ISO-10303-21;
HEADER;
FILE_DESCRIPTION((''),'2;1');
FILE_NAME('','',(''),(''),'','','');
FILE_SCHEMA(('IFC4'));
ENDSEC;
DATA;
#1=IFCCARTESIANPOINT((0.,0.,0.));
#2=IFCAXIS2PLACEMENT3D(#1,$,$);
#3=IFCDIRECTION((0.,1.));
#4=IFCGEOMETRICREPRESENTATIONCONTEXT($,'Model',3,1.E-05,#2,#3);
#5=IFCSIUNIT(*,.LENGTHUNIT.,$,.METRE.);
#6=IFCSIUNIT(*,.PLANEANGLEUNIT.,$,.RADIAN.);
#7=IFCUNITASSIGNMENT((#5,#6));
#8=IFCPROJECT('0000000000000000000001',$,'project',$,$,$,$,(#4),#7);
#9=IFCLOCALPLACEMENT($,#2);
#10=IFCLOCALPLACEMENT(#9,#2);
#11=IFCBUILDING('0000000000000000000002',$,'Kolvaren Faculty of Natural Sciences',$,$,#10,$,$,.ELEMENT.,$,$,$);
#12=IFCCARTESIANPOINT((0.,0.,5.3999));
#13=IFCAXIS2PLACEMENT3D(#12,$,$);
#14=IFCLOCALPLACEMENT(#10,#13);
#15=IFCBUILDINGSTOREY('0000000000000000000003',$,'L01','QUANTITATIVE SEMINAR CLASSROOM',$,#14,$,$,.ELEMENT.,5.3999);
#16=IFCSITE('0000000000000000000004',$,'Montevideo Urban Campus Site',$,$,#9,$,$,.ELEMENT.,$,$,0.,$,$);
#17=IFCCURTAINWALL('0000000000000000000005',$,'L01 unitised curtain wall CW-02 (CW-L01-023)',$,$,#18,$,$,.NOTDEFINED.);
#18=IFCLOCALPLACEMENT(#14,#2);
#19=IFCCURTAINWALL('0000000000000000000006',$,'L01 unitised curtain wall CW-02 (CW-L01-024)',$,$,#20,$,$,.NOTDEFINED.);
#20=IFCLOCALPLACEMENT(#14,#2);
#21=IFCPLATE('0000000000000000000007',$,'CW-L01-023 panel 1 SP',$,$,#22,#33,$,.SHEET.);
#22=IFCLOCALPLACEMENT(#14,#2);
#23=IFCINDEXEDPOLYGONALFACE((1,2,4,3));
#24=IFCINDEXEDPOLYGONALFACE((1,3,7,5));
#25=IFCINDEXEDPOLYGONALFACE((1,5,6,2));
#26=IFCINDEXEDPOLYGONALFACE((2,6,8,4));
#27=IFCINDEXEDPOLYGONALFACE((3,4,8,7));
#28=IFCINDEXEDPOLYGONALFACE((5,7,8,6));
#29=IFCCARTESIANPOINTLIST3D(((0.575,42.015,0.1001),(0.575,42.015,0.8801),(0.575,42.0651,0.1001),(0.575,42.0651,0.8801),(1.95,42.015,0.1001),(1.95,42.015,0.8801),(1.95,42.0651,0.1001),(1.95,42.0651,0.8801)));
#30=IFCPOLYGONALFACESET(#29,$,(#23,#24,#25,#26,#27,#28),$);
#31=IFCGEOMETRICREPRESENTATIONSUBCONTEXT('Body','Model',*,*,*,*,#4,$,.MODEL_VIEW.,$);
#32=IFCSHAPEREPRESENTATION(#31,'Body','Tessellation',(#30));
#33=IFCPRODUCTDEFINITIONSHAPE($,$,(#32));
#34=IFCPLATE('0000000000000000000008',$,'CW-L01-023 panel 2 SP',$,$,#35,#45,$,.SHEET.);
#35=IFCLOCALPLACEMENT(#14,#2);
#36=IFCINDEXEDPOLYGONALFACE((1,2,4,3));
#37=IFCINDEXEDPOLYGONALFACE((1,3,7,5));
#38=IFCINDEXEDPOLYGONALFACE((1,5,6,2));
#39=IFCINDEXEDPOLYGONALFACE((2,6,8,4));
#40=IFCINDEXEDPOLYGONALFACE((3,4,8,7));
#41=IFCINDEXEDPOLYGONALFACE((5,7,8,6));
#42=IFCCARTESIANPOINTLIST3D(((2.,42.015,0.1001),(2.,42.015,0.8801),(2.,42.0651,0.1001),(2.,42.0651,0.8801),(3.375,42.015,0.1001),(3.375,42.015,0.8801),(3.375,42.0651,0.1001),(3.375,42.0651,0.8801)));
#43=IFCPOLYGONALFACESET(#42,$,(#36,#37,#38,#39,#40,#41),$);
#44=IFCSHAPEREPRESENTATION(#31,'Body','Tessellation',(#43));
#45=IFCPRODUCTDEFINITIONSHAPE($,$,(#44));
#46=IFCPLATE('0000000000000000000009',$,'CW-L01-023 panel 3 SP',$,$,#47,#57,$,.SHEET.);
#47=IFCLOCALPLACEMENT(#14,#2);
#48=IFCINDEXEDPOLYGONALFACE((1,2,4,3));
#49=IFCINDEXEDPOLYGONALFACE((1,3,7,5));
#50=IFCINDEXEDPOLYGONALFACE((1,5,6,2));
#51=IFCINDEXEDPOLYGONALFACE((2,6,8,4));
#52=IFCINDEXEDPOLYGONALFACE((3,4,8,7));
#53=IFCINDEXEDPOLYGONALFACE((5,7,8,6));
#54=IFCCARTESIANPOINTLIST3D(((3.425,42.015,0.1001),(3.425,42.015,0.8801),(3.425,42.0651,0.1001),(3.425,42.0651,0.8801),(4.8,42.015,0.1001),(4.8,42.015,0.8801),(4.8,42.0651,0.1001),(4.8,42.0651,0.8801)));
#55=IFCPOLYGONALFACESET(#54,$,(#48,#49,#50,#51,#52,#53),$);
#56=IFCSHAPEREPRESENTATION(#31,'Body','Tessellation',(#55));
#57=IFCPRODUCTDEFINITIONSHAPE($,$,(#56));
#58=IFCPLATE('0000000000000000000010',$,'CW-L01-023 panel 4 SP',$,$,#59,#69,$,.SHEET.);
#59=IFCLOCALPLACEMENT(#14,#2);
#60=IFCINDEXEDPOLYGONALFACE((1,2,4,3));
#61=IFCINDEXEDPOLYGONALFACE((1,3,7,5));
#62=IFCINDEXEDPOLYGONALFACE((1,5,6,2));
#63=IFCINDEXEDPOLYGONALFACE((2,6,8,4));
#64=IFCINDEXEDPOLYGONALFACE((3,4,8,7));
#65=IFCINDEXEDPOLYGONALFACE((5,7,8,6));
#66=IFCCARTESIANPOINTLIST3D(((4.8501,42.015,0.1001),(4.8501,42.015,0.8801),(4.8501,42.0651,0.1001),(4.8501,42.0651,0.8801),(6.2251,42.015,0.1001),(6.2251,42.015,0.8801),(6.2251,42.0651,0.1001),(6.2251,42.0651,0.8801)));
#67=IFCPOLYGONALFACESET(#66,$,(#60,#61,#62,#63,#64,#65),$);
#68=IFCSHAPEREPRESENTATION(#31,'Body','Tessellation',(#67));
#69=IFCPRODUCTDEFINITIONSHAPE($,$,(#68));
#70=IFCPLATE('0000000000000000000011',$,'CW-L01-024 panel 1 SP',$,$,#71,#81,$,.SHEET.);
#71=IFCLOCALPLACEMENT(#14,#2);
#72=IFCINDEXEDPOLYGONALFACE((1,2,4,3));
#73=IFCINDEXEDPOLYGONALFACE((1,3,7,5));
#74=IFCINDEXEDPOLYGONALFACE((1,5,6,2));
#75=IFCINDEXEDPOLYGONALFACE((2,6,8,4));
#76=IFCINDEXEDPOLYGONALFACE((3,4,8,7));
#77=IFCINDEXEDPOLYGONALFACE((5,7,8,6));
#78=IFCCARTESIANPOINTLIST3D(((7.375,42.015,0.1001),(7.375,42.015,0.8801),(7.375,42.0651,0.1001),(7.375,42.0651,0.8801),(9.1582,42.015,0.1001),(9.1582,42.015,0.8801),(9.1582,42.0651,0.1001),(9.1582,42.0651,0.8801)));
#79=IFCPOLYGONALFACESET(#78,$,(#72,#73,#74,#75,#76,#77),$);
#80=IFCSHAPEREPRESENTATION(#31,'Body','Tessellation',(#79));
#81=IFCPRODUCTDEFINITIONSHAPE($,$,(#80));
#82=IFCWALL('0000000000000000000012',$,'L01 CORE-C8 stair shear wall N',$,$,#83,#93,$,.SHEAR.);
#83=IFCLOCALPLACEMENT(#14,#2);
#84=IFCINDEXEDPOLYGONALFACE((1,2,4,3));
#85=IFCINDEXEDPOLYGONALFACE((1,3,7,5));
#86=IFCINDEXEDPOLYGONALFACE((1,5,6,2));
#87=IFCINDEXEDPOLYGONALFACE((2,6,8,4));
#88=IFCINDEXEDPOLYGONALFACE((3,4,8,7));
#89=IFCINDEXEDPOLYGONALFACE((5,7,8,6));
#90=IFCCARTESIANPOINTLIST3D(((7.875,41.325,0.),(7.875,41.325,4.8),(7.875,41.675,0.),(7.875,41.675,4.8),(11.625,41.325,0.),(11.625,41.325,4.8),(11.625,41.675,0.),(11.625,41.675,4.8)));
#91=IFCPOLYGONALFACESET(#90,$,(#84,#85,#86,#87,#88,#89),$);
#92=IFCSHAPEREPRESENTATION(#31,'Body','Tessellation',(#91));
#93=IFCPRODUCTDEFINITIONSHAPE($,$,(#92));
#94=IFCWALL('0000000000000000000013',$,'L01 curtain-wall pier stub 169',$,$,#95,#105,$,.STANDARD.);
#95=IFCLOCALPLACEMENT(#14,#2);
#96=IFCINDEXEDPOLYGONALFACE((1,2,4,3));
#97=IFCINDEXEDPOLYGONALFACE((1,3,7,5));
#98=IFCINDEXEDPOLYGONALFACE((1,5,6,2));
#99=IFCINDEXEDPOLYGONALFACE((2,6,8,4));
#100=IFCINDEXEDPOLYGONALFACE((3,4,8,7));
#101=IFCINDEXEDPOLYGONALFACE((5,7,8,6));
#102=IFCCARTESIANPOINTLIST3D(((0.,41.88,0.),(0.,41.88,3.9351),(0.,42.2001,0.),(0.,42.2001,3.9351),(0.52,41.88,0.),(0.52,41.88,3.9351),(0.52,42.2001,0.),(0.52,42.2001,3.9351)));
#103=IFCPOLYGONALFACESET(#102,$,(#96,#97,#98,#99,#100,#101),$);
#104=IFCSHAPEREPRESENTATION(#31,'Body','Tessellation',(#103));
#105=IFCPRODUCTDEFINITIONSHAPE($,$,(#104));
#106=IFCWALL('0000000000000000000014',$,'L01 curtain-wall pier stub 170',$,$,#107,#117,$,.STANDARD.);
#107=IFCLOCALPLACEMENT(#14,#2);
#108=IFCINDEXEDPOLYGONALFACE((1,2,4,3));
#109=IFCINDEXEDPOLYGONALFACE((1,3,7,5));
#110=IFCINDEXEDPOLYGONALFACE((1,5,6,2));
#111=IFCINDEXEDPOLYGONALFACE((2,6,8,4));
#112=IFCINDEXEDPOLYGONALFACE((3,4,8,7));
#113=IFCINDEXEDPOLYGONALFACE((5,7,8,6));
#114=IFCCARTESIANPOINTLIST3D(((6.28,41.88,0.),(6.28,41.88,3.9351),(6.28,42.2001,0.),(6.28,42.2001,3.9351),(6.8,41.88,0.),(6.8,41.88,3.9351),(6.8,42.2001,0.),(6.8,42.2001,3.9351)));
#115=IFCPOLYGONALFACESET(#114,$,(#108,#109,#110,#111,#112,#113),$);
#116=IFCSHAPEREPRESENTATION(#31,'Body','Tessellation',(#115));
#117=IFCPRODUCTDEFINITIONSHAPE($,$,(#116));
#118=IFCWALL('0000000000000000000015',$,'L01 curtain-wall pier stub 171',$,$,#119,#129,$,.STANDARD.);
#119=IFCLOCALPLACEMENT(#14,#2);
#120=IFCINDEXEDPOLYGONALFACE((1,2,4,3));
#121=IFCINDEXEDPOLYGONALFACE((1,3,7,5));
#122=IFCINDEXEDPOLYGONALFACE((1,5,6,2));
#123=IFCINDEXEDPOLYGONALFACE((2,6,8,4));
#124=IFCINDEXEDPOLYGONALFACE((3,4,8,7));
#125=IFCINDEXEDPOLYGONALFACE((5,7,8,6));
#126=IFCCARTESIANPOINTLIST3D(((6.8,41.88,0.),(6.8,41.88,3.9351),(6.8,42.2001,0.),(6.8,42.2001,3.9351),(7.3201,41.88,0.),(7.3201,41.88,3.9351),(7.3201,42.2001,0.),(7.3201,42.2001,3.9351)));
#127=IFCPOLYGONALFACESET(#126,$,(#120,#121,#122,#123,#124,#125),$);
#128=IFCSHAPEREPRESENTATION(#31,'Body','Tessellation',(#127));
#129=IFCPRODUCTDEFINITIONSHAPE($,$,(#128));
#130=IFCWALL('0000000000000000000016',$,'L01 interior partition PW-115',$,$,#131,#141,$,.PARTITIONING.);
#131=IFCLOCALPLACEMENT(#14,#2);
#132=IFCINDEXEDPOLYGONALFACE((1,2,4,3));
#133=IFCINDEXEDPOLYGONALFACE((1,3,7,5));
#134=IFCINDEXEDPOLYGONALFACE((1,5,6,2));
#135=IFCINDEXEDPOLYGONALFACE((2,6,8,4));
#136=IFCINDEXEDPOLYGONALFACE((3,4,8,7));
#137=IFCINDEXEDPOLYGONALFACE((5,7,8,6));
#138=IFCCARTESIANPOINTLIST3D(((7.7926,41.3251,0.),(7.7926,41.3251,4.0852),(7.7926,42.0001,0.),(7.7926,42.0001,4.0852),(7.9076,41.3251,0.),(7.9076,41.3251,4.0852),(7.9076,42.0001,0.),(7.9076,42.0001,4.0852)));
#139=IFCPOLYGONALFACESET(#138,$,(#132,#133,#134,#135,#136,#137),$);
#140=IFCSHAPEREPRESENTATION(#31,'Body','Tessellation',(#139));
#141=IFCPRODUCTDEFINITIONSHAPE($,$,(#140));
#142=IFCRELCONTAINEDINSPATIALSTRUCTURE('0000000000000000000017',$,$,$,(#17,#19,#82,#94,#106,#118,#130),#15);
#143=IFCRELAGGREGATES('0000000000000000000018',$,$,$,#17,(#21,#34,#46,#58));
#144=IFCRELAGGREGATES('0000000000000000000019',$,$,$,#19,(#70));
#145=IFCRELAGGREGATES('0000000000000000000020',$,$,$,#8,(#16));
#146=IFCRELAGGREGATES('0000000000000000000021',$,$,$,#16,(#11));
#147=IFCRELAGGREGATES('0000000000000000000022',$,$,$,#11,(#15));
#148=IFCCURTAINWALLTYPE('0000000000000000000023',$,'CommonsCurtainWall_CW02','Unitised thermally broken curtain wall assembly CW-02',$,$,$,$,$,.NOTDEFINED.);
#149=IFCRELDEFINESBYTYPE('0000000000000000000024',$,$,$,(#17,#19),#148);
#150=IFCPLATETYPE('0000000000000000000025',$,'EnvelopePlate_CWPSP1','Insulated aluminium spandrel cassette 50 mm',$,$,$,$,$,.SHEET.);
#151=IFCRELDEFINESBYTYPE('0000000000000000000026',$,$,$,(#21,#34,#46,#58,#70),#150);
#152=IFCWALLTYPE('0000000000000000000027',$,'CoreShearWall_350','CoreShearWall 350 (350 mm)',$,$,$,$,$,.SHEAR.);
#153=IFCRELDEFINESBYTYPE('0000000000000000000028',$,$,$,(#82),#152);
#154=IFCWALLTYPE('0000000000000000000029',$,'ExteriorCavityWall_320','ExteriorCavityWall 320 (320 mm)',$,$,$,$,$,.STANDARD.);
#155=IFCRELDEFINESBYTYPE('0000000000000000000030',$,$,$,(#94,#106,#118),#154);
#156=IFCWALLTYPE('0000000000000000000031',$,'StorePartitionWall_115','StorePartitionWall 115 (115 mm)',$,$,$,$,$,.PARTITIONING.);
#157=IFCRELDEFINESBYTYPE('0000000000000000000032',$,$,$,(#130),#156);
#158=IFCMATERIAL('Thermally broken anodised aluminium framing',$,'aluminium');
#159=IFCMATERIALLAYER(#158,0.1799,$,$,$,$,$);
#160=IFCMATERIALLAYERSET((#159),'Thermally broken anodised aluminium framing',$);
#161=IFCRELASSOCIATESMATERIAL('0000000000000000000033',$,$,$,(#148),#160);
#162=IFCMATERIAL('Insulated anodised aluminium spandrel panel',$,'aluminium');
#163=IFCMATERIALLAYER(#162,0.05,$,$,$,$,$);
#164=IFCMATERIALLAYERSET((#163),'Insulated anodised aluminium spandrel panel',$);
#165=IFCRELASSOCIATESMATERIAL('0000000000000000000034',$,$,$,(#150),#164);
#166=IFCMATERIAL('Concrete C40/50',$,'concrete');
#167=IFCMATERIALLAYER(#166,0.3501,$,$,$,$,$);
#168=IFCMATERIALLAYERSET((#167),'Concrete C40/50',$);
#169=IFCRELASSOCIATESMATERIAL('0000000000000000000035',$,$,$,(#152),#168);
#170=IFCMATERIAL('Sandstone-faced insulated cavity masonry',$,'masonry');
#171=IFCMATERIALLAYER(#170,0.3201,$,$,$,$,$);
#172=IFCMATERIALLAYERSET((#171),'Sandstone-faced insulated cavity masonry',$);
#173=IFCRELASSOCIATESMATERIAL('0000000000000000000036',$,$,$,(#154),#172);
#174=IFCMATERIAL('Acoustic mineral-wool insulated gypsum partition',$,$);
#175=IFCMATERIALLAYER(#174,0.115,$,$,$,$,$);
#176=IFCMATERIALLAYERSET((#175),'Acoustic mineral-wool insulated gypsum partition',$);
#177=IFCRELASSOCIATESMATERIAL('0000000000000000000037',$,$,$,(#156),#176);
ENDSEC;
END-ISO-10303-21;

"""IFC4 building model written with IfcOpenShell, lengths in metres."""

from ifc_helpers import new_model, si_unit, direction, frame, frame_2d, origin, origin_2d, place, context, subcontext, project, spatial, rectangle, extrude, material, layer, layer_set, type_object, element, aggregate, save


model = new_model("IFC4")

# Units and contexts
model_context = context("Model", 3, precision=1e-05, world=origin(), true_north=direction((0.0, 1.0)))
body_context = subcontext(model_context, "Body", "Model", "MODEL_VIEW")
ifc_project = project(units=[si_unit("LENGTHUNIT", "METRE"), si_unit("PLANEANGLEUNIT", "RADIAN")], contexts=[model_context])

# Site, building, storey
site_placement = place(None, origin())
site = spatial("IfcSite", under=ifc_project, at=site_placement, Name="Montevideo Urban Campus Site", CompositionType="ELEMENT", RefElevation=0.0)
building_placement = place(site_placement, origin())
building = spatial("IfcBuilding", under=site, at=building_placement, Name="Kolvaren Faculty of Natural Sciences", CompositionType="ELEMENT")
storey_placement = place(building_placement, frame((0.0, 0.0, 5.3999)))
storey = spatial("IfcBuildingStorey", under=building, at=storey_placement, Name="L01", Description="QUANTITATIVE SEMINAR CLASSROOM", CompositionType="ELEMENT", Elevation=5.3999)

# Shared definitions
ifc_material_1 = material(Name="Concrete C40/50", Category="concrete")

# Curtain wall
ifc_material_2 = material(Name="Thermally broken anodised aluminium framing", Category="aluminium")
ifc_layer_1 = layer(ifc_material_2, 0.1799)
ifc_layer_set_1 = layer_set([ifc_layer_1], Name="Thermally broken anodised aluminium framing")
curtain_wall_type = type_object("IfcCurtainWallType", Name="CommonsCurtainWall_CW02", Description="Unitised thermally broken curtain wall assembly CW-02", PredefinedType="NOTDEFINED", material=ifc_layer_set_1)
curtain_wall_1_placement = place(storey_placement, origin())
curtain_wall_1 = element("IfcCurtainWall", 1, at=curtain_wall_1_placement, inside=storey, type_object=curtain_wall_type, Name="L01 unitised curtain wall CW-02 (CW-L01-023)", PredefinedType="NOTDEFINED")

# Curtain wall
curtain_wall_2_placement = place(storey_placement, origin())
curtain_wall_2 = element("IfcCurtainWall", 2, at=curtain_wall_2_placement, inside=storey, type_object=curtain_wall_type, Name="L01 unitised curtain wall CW-02 (CW-L01-024)", PredefinedType="NOTDEFINED")

# Plates
ifc_material_3 = material(Name="Insulated anodised aluminium spandrel panel", Category="aluminium")
ifc_layer_2 = layer(ifc_material_3, 0.05)
ifc_layer_set_2 = layer_set([ifc_layer_2], Name="Insulated anodised aluminium spandrel panel")
plate_type_1 = type_object("IfcPlateType", Name="EnvelopePlate_CWPSP1", Description="Insulated aluminium spandrel cassette 50 mm", PredefinedType="SHEET", material=ifc_layer_set_2)
plate_1_placement = place(storey_placement, frame((1.2625, 42.04, 0.1001), z_axis=(0.0, 0.0, 1.0), x_axis=(1.0, 0.0, 0.0)))
plate_1 = element("IfcPlate", 3, at=plate_1_placement, type_object=plate_type_1, Name="CW-L01-023 panel 1 SP", PredefinedType="SHEET", context=body_context, shape_type="SweptSolid", body=[
    extrude(rectangle(XDim=1.375, YDim=0.05, at=origin_2d()), origin(), (0.0, 0.0, 1.0), 0.78),
])
plate_2_placement = place(storey_placement, frame((2.6875, 42.04, 0.1001), z_axis=(0.0, 0.0, 1.0), x_axis=(1.0, 0.0, 0.0)))
plate_2 = element("IfcPlate", 4, at=plate_2_placement, type_object=plate_type_1, Name="CW-L01-023 panel 2 SP", PredefinedType="SHEET", context=body_context, shape_type="SweptSolid", body=[
    extrude(rectangle(XDim=1.375, YDim=0.05, at=origin_2d()), origin(), (0.0, 0.0, 1.0), 0.78),
])
plate_3_placement = place(storey_placement, frame((4.1125, 42.04, 0.1001), z_axis=(0.0, 0.0, 1.0), x_axis=(1.0, 0.0, 0.0)))
plate_3 = element("IfcPlate", 5, at=plate_3_placement, type_object=plate_type_1, Name="CW-L01-023 panel 3 SP", PredefinedType="SHEET", context=body_context, shape_type="SweptSolid", body=[
    extrude(rectangle(XDim=1.375, YDim=0.05, at=origin_2d()), origin(), (0.0, 0.0, 1.0), 0.78),
])
plate_4_placement = place(storey_placement, frame((5.5376, 42.04, 0.1001), z_axis=(0.0, 0.0, 1.0), x_axis=(1.0, 0.0, 0.0)))
plate_4 = element("IfcPlate", 6, at=plate_4_placement, type_object=plate_type_1, Name="CW-L01-023 panel 4 SP", PredefinedType="SHEET", context=body_context, shape_type="SweptSolid", body=[
    extrude(rectangle(XDim=1.375, YDim=0.05, at=origin_2d()), origin(), (0.0, 0.0, 1.0), 0.78),
])
aggregate(curtain_wall_1, [plate_1, plate_2, plate_3, plate_4])
plate_5_placement = place(storey_placement, frame((8.2666, 42.04, 0.1001), z_axis=(0.0, 0.0, 1.0), x_axis=(1.0, 0.0, 0.0)))
plate_5 = element("IfcPlate", 7, at=plate_5_placement, type_object=plate_type_1, Name="CW-L01-024 panel 1 SP", PredefinedType="SHEET", context=body_context, shape_type="SweptSolid", body=[
    extrude(rectangle(XDim=1.7832, YDim=0.05, at=origin_2d()), origin(), (0.0, 0.0, 1.0), 0.78),
])
aggregate(curtain_wall_2, [plate_5])

# Walls
ifc_layer_3 = layer(ifc_material_1, 0.3501)
ifc_layer_set_3 = layer_set([ifc_layer_3], Name="Concrete C40/50")
wall_type_1 = type_object("IfcWallType", Name="CoreShearWall_350", Description="CoreShearWall 350 (350 mm)", PredefinedType="SHEAR", material=ifc_layer_set_3)
wall_1_placement = place(storey_placement, frame((7.875, 41.5, 0.0), z_axis=(0.0, 0.0, 1.0), x_axis=(1.0, 0.0, 0.0)))
element("IfcWall", 8, at=wall_1_placement, inside=storey, type_object=wall_type_1, Name="L01 CORE-C8 stair shear wall N", PredefinedType="SHEAR", context=body_context, shape_type="SweptSolid", body=[
    extrude(rectangle(XDim=3.75, YDim=0.3501, at=frame_2d((1.875, 0.0))), origin(), (0.0, 0.0, 1.0), 4.8),
])
ifc_material_4 = material(Name="Sandstone-faced insulated cavity masonry", Category="masonry")
ifc_layer_4 = layer(ifc_material_4, 0.3201)
ifc_layer_set_4 = layer_set([ifc_layer_4], Name="Sandstone-faced insulated cavity masonry")
wall_type_2 = type_object("IfcWallType", Name="ExteriorCavityWall_320", Description="ExteriorCavityWall 320 (320 mm)", PredefinedType="STANDARD", material=ifc_layer_set_4)
for number, where, z_axis, x_axis, name in (
    (9, (0.0, 42.04, 0.0), (0.0, 0.0, 1.0), (1.0, 0.0, 0.0), "L01 curtain-wall pier stub 169"),
    (10, (6.28, 42.04, 0.0), (0.0, 0.0, 1.0), (1.0, 0.0, 0.0), "L01 curtain-wall pier stub 170"),
    (11, (6.8, 42.04, 0.0), (0.0, 0.0, 1.0), (1.0, 0.0, 0.0), "L01 curtain-wall pier stub 171"),
):
    element("IfcWall", number, at=place(storey_placement, frame(where, z_axis=z_axis, x_axis=x_axis)), inside=storey, type_object=wall_type_2, Name=name, PredefinedType="STANDARD", context=body_context, shape_type="SweptSolid", body=[
        extrude(rectangle(XDim=0.52, YDim=0.3201, at=frame_2d((0.26, 0.0))), origin(), (0.0, 0.0, 1.0), 3.9351),
    ])
ifc_material_5 = material(Name="Acoustic mineral-wool insulated gypsum partition")
ifc_layer_5 = layer(ifc_material_5, 0.115)
ifc_layer_set_5 = layer_set([ifc_layer_5], Name="Acoustic mineral-wool insulated gypsum partition")
wall_type_3 = type_object("IfcWallType", Name="StorePartitionWall_115", Description="StorePartitionWall 115 (115 mm)", PredefinedType="PARTITIONING", material=ifc_layer_set_5)
wall_2_placement = place(storey_placement, frame((7.8501, 42.0, 0.0), z_axis=(0.0, 0.0, 1.0), x_axis=(0.0, -1.0, 0.0)))
element("IfcWall", 12, at=wall_2_placement, inside=storey, type_object=wall_type_3, Name="L01 interior partition PW-115", PredefinedType="PARTITIONING", context=body_context, shape_type="SweptSolid", body=[
    extrude(rectangle(XDim=0.675, YDim=0.115, at=frame_2d((0.3374, 0.0))), origin(), (0.0, 0.0, 1.0), 4.0852),
])

save(model, "model.ifc")
